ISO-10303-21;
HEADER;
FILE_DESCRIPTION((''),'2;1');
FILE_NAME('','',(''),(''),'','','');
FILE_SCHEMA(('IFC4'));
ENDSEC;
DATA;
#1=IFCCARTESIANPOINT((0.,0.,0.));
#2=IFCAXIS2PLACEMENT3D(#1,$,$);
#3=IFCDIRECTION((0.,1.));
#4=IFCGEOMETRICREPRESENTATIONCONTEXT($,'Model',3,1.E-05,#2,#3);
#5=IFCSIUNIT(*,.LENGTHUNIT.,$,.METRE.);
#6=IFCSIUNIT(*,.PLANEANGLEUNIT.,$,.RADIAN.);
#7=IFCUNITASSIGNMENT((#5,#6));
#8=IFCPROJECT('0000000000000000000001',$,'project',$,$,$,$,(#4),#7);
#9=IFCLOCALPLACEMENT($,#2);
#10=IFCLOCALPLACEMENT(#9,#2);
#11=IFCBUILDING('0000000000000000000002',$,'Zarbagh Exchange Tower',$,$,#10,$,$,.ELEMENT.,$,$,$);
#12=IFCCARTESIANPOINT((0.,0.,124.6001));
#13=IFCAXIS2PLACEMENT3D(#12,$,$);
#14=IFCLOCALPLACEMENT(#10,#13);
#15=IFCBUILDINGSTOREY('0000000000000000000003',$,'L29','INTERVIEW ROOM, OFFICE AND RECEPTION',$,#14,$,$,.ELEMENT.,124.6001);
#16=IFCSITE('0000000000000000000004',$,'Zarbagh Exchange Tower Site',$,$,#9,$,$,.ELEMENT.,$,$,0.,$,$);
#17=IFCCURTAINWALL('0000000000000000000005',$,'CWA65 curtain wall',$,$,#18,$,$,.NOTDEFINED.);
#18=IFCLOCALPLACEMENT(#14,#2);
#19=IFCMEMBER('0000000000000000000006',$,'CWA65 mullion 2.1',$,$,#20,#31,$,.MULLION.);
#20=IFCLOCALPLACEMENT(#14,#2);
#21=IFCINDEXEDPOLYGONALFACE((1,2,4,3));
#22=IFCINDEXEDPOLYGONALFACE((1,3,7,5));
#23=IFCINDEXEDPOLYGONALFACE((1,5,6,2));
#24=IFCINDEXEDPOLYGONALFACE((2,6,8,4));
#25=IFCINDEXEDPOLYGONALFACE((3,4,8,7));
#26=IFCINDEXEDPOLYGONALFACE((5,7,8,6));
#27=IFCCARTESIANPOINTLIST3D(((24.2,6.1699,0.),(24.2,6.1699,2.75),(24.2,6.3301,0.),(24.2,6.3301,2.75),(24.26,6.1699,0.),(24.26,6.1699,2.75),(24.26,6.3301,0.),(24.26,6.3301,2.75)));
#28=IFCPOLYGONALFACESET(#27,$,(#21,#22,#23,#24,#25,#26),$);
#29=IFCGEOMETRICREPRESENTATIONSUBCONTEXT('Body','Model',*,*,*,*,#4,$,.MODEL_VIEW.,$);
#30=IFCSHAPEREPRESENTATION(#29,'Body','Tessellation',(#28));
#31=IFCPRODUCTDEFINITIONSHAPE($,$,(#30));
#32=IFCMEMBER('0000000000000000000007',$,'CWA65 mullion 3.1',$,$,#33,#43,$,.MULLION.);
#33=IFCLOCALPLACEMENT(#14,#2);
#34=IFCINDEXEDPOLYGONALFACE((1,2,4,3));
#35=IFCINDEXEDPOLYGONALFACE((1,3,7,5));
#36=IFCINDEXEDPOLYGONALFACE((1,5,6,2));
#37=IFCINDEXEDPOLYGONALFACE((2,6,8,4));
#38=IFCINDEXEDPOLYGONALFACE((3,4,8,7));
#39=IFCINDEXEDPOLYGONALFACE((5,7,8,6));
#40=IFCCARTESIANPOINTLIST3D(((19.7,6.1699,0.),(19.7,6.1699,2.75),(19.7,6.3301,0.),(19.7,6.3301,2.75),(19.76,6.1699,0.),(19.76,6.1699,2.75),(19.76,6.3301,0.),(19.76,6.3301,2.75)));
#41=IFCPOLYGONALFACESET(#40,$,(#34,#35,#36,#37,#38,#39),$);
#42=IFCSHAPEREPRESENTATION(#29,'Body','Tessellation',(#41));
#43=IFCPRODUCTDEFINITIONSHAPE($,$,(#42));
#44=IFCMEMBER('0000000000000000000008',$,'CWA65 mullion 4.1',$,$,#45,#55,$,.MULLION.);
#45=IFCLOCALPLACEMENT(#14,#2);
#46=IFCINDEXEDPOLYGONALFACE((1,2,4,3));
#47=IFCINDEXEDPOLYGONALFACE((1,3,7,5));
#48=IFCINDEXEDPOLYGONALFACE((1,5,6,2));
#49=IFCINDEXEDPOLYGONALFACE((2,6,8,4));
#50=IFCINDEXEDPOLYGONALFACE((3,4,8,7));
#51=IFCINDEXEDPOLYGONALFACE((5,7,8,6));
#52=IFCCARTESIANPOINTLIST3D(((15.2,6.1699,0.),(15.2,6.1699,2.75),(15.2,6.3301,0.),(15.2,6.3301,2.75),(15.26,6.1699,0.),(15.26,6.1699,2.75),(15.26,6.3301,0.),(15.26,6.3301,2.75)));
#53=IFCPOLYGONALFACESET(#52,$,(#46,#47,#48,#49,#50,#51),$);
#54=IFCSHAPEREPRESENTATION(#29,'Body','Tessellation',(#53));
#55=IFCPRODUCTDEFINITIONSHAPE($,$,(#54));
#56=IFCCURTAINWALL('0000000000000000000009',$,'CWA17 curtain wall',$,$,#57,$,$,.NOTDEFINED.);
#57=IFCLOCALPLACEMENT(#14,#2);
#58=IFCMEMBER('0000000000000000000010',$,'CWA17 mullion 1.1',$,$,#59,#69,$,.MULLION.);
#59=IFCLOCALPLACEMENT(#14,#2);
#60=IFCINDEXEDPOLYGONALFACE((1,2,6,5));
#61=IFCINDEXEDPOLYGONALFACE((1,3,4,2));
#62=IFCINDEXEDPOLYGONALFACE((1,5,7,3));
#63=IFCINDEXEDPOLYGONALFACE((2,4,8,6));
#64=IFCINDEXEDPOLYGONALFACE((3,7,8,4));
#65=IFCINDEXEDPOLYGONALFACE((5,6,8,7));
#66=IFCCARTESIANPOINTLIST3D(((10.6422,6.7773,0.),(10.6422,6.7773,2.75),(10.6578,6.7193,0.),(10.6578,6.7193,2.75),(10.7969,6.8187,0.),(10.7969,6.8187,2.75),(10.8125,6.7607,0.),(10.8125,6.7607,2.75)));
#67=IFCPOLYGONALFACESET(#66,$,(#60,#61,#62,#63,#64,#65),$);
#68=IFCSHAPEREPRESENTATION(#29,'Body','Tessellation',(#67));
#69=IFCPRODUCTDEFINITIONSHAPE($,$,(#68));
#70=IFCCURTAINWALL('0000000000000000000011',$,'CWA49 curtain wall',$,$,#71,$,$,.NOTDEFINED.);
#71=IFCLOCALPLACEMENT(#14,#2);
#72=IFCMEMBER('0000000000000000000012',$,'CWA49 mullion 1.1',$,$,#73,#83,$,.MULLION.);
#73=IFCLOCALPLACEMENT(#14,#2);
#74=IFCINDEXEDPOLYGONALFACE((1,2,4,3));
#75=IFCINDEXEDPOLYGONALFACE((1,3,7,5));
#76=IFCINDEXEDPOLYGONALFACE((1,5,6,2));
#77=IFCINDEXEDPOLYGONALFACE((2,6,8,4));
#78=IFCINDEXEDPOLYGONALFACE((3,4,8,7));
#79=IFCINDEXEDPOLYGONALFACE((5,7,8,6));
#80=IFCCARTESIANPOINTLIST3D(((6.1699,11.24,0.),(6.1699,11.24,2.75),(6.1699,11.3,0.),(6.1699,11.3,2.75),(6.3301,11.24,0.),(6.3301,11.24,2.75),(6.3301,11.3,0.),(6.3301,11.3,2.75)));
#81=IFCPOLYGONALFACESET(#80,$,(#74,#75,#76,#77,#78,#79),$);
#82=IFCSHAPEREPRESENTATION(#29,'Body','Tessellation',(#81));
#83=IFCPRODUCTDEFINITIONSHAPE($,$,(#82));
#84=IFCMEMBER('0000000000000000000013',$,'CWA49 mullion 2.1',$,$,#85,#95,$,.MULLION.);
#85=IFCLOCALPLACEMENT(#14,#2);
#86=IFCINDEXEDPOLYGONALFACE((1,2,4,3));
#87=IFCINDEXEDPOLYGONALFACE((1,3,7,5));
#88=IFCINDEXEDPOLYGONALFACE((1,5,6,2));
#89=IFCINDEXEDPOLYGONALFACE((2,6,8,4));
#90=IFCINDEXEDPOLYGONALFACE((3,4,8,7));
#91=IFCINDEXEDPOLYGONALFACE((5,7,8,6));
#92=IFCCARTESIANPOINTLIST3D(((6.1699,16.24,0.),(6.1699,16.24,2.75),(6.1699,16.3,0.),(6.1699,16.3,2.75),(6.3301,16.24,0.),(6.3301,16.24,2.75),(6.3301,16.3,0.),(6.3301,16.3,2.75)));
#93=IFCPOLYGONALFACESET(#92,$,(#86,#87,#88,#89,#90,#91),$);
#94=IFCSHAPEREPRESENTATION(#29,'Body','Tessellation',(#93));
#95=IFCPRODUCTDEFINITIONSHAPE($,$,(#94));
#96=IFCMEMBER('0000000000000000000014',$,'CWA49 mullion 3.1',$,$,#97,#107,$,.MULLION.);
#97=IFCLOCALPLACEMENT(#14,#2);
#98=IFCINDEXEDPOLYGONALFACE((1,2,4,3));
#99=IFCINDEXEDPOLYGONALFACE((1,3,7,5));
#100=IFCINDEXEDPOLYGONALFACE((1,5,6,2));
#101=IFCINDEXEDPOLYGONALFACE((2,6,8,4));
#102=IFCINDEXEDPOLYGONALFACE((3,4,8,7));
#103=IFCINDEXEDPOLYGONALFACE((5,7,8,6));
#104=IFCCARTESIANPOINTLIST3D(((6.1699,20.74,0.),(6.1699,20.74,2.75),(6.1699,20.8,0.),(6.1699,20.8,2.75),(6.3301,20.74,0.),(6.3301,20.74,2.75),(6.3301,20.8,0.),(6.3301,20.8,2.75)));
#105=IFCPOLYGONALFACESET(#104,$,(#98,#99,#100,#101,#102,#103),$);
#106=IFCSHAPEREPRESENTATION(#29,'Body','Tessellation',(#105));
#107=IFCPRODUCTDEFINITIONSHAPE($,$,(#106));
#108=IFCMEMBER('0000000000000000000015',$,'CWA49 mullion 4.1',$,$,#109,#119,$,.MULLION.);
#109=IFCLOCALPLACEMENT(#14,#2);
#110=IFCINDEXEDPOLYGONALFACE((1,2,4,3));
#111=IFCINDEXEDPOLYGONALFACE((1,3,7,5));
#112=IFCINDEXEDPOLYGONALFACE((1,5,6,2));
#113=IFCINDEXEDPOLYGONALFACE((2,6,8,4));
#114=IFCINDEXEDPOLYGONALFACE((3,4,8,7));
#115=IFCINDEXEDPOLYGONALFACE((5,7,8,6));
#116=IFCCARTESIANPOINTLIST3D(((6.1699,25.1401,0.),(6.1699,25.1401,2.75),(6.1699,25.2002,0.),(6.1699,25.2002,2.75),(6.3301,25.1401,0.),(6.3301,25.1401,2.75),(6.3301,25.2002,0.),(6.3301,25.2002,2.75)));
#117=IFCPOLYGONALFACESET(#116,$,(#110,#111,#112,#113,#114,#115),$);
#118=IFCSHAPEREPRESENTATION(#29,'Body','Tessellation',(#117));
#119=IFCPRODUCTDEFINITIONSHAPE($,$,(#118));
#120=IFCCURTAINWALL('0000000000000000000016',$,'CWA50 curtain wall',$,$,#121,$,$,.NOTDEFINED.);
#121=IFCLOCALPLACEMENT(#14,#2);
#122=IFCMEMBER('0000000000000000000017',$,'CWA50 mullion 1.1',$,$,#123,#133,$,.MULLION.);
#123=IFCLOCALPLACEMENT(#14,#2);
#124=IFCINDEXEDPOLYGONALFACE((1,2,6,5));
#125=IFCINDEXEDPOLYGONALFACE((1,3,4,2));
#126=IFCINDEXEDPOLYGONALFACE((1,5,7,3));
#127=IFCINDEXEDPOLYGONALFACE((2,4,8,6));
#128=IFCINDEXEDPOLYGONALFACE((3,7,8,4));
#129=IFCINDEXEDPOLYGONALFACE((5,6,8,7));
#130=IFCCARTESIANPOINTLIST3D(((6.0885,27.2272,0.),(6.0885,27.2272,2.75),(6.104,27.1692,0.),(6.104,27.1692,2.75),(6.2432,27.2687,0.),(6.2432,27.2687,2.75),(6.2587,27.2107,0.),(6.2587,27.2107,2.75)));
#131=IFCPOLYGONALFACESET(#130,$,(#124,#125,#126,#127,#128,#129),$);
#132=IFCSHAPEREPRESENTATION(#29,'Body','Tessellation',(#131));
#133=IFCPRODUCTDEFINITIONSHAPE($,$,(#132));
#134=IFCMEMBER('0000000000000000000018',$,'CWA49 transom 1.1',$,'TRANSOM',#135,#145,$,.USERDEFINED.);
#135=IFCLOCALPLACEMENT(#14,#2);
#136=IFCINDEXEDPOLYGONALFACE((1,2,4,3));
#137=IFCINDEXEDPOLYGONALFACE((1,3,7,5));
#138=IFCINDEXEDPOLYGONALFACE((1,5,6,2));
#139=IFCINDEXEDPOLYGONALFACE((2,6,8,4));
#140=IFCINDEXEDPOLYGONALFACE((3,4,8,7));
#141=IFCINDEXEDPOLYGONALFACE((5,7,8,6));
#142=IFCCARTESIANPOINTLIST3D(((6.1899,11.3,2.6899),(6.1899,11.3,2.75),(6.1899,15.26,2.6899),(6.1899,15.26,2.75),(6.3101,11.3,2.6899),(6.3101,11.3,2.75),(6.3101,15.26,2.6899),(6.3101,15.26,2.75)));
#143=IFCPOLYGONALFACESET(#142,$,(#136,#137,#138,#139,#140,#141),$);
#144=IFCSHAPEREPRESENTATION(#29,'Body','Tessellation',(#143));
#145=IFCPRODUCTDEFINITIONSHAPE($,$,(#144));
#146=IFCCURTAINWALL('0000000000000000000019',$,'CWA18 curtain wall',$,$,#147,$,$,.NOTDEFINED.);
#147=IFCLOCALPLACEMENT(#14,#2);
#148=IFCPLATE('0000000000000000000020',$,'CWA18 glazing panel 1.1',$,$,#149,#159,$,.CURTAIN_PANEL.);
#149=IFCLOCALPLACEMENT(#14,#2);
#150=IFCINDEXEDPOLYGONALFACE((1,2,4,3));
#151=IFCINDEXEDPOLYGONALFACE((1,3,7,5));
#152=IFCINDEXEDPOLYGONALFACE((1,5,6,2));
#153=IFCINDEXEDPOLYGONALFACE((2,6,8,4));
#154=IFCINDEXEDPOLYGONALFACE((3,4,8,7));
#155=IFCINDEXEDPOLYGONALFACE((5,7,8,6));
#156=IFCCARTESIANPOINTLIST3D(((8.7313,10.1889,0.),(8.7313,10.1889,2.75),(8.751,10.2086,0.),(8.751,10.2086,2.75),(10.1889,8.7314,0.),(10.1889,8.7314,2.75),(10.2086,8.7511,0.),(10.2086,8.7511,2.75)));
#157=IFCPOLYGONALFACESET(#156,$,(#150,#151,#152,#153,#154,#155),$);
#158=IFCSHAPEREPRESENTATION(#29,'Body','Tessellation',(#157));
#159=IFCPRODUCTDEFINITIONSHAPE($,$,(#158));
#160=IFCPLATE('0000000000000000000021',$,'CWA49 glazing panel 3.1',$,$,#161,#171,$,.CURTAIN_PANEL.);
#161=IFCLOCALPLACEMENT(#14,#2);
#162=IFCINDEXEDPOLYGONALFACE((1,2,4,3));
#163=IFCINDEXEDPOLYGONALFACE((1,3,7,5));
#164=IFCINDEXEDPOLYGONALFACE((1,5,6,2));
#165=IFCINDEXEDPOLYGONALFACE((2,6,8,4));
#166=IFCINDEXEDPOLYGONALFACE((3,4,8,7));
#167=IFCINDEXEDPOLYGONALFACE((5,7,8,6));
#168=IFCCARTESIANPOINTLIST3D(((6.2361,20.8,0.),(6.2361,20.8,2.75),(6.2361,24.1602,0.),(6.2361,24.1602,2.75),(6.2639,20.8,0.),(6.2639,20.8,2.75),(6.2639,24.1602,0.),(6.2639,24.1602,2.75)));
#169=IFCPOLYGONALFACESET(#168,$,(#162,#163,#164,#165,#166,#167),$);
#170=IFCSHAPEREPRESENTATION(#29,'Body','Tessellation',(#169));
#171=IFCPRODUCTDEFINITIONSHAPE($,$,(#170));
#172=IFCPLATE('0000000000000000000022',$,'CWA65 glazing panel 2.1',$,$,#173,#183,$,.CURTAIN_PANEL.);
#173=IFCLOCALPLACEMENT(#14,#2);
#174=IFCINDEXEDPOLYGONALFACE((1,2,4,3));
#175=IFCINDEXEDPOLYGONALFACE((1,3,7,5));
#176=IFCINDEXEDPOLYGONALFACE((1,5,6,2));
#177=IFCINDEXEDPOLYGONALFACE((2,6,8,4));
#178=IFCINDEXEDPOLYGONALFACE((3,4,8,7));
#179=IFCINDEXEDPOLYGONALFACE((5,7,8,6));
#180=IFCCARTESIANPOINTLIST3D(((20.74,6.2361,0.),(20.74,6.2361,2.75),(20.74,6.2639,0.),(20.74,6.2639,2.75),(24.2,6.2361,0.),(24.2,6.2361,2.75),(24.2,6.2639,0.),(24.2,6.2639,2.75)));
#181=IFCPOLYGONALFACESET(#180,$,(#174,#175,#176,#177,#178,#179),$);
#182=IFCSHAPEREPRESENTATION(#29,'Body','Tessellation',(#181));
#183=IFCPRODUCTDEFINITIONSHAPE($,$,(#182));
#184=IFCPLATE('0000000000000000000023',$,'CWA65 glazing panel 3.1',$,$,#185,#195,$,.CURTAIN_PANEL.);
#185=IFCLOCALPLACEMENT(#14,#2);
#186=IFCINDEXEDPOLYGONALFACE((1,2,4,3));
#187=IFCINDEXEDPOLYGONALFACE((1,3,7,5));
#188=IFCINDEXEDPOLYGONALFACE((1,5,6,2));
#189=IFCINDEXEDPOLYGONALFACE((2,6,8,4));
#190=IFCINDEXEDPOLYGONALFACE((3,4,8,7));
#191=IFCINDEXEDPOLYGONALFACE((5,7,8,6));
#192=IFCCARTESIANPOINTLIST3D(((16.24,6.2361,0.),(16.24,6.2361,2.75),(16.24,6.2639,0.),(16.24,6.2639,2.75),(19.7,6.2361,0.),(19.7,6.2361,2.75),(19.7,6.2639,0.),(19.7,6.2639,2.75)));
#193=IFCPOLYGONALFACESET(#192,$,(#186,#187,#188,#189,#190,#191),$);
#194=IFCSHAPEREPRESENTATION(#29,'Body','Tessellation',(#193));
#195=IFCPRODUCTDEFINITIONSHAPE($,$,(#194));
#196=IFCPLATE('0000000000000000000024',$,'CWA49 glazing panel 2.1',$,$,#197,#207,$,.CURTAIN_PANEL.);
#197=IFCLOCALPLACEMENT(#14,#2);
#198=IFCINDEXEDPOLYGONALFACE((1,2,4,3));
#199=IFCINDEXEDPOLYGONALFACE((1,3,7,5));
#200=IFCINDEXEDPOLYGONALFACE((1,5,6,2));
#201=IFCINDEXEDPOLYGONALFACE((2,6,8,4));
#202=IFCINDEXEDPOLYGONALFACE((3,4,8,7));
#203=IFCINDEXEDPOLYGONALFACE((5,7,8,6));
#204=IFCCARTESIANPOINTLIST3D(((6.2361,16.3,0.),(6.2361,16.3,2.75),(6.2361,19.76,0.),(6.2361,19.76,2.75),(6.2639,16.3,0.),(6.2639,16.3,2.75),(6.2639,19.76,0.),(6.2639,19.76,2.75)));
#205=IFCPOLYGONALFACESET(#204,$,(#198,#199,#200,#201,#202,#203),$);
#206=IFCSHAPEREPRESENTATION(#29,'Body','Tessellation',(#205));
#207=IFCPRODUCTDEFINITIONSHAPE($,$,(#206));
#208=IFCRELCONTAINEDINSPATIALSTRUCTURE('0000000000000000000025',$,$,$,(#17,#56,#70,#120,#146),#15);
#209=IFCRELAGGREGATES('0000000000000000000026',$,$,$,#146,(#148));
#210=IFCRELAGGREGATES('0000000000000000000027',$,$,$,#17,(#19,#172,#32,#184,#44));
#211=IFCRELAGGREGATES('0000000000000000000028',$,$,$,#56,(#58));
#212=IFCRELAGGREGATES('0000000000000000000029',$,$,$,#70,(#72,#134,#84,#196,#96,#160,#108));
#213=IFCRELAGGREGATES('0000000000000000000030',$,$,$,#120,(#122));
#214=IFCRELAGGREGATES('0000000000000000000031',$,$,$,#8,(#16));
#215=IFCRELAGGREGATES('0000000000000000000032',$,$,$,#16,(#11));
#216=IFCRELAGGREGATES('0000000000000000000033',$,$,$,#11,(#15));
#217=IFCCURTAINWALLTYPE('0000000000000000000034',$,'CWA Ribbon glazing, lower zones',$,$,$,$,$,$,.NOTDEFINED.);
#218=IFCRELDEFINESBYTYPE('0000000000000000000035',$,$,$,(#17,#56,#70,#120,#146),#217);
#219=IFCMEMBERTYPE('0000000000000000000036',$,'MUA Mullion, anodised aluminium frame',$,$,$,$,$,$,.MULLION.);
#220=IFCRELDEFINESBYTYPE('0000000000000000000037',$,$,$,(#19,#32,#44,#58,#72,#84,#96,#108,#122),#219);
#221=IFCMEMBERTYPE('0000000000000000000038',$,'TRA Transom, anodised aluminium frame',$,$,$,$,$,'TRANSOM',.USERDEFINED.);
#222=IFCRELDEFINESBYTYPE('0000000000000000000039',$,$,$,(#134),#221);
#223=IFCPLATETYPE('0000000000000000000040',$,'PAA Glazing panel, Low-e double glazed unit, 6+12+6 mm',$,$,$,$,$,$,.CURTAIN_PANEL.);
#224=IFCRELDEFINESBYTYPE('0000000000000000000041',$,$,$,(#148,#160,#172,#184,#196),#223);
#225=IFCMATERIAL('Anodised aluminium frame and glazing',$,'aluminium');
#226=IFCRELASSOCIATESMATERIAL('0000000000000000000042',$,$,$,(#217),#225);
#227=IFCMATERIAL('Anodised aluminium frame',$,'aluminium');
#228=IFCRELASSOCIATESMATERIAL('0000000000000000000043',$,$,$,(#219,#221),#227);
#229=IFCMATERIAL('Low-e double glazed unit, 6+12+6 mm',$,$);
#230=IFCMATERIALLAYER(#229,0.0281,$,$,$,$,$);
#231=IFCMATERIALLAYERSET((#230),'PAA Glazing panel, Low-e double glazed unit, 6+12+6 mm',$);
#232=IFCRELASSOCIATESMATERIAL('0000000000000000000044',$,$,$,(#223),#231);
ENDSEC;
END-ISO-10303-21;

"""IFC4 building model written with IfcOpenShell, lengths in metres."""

from ifc_helpers import new_model, si_unit, direction, frame, origin, place, context, subcontext, project, spatial, polyline, outline, extrude, source, transform, mapped, material, layer, layer_set, type_object, element, aggregate, save


model = new_model("IFC4")

# Units and contexts
model_context = context("Model", 3, precision=1e-05, world=origin(), true_north=direction((0.0, 1.0)))
body_context = subcontext(model_context, "Body", "Model", "MODEL_VIEW")
ifc_project = project(units=[si_unit("LENGTHUNIT", "METRE"), si_unit("PLANEANGLEUNIT", "RADIAN")], contexts=[model_context])

# Site, building, storey
site_placement = place(None, origin())
site = spatial("IfcSite", under=ifc_project, at=site_placement, Name="Zarbagh Exchange Tower Site", CompositionType="ELEMENT", RefElevation=0.0)
building_placement = place(site_placement, origin())
building = spatial("IfcBuilding", under=site, at=building_placement, Name="Zarbagh Exchange Tower", CompositionType="ELEMENT")
storey_placement = place(building_placement, frame((0.0, 0.0, 124.6001)))
storey = spatial("IfcBuildingStorey", under=building, at=storey_placement, Name="L29", Description="INTERVIEW ROOM, OFFICE AND RECEPTION", CompositionType="ELEMENT", Elevation=124.6001)

# Curtain wall, members
ifc_material_1 = material(Name="Anodised aluminium frame and glazing", Category="aluminium")
curtain_wall_type = type_object("IfcCurtainWallType", Name="CWA Ribbon glazing, lower zones", PredefinedType="NOTDEFINED", material=ifc_material_1)
curtain_wall_1_placement = place(storey_placement, origin())
curtain_wall_1 = element("IfcCurtainWall", 1, at=curtain_wall_1_placement, inside=storey, type_object=curtain_wall_type, Name="CWA65 curtain wall", PredefinedType="NOTDEFINED")
ifc_material_2 = material(Name="Anodised aluminium frame", Category="aluminium")
member_type_1 = type_object("IfcMemberType", Name="MUA Mullion, anodised aluminium frame", PredefinedType="MULLION", material=ifc_material_2)
shared_shape_1 = source(origin(), body_context, "Body", "SweptSolid", [
    extrude(outline(polyline([(0.0, -0.0801), (0.0601, -0.0801), (0.0601, 0.0801), (0.0, 0.0801), (0.0, -0.0801)])), origin(), (0.0, 0.0, 1.0), 2.75),
])
placement = place(storey_placement, origin())
member_1 = element("IfcMember", 2, at=placement, type_object=member_type_1, Name="CWA65 mullion 2.1", PredefinedType="MULLION", context=body_context, shape_type="MappedRepresentation", body=[
    mapped(shared_shape_1, transform((24.26, 6.25, 0.0), x_axis=(-1.0, 0.0, 0.0), y_axis=(0.0, -1.0, 0.0), z_axis=(0.0, 0.0, 1.0))),
])
member_2 = element("IfcMember", 3, at=placement, type_object=member_type_1, Name="CWA65 mullion 3.1", PredefinedType="MULLION", context=body_context, shape_type="MappedRepresentation", body=[
    mapped(shared_shape_1, transform((19.76, 6.25, 0.0), x_axis=(-1.0, 0.0, 0.0), y_axis=(0.0, -1.0, 0.0), z_axis=(0.0, 0.0, 1.0))),
])
member_3 = element("IfcMember", 4, at=placement, type_object=member_type_1, Name="CWA65 mullion 4.1", PredefinedType="MULLION", context=body_context, shape_type="MappedRepresentation", body=[
    mapped(shared_shape_1, transform((15.26, 6.25, 0.0), x_axis=(-1.0, 0.0, 0.0), y_axis=(0.0, -1.0, 0.0), z_axis=(0.0, 0.0, 1.0))),
])

# Curtain wall, member
curtain_wall_2_placement = place(storey_placement, origin())
curtain_wall_2 = element("IfcCurtainWall", 5, at=curtain_wall_2_placement, inside=storey, type_object=curtain_wall_type, Name="CWA17 curtain wall", PredefinedType="NOTDEFINED")
member_4 = element("IfcMember", 6, at=placement, type_object=member_type_1, Name="CWA17 mullion 1.1", PredefinedType="MULLION", context=body_context, shape_type="MappedRepresentation", body=[
    mapped(shared_shape_1, transform((10.7351, 6.74, 0.0), x_axis=(-0.258825, 0.965924, 0.0), y_axis=(-0.965924, -0.258825, 0.0), z_axis=(0.0, 0.0, 1.0))),
])

# Curtain wall, members
curtain_wall_3_placement = place(storey_placement, origin())
curtain_wall_3 = element("IfcCurtainWall", 7, at=curtain_wall_3_placement, inside=storey, type_object=curtain_wall_type, Name="CWA49 curtain wall", PredefinedType="NOTDEFINED")
member_5 = element("IfcMember", 8, at=placement, type_object=member_type_1, Name="CWA49 mullion 1.1", PredefinedType="MULLION", context=body_context, shape_type="MappedRepresentation", body=[
    mapped(shared_shape_1, transform((6.25, 11.24, 0.0), x_axis=(0.0, 1.0, 0.0), y_axis=(-1.0, 0.0, 0.0), z_axis=(0.0, 0.0, 1.0))),
])
member_6 = element("IfcMember", 9, at=placement, type_object=member_type_1, Name="CWA49 mullion 2.1", PredefinedType="MULLION", context=body_context, shape_type="MappedRepresentation", body=[
    mapped(shared_shape_1, transform((6.25, 16.24, 0.0), x_axis=(0.0, 1.0, 0.0), y_axis=(-1.0, 0.0, 0.0), z_axis=(0.0, 0.0, 1.0))),
])
member_7 = element("IfcMember", 10, at=placement, type_object=member_type_1, Name="CWA49 mullion 3.1", PredefinedType="MULLION", context=body_context, shape_type="MappedRepresentation", body=[
    mapped(shared_shape_1, transform((6.25, 20.74, 0.0), x_axis=(0.0, 1.0, 0.0), y_axis=(-1.0, 0.0, 0.0), z_axis=(0.0, 0.0, 1.0))),
])
member_8 = element("IfcMember", 11, at=placement, type_object=member_type_1, Name="CWA49 mullion 4.1", PredefinedType="MULLION", context=body_context, shape_type="MappedRepresentation", body=[
    mapped(shared_shape_1, transform((6.25, 25.1401, 0.0), x_axis=(0.0, 1.0, 0.0), y_axis=(-1.0, 0.0, 0.0), z_axis=(0.0, 0.0, 1.0))),
])

# Curtain wall, member
curtain_wall_4_placement = place(storey_placement, origin())
curtain_wall_4 = element("IfcCurtainWall", 12, at=curtain_wall_4_placement, inside=storey, type_object=curtain_wall_type, Name="CWA50 curtain wall", PredefinedType="NOTDEFINED")
member_9 = element("IfcMember", 13, at=placement, type_object=member_type_1, Name="CWA50 mullion 1.1", PredefinedType="MULLION", context=body_context, shape_type="MappedRepresentation", body=[
    mapped(shared_shape_1, transform((6.1814, 27.1899, 0.0), x_axis=(-0.258825, 0.965924, 0.0), y_axis=(-0.965924, -0.258825, 0.0), z_axis=(0.0, 0.0, 1.0))),
])

# Member
member_type_2 = type_object("IfcMemberType", Name="TRA Transom, anodised aluminium frame", ElementType="TRANSOM", PredefinedType="USERDEFINED", material=ifc_material_2)
shared_shape_2 = source(origin(), body_context, "Body", "SweptSolid", [
    extrude(outline(polyline([(-0.0601, -0.0601), (0.0, -0.0601), (0.0, 0.0601), (-0.0601, 0.0601), (-0.0601, -0.0601)])), origin(), (0.0, 0.0, 1.0), 3.96),
])
member_10 = element("IfcMember", 14, at=placement, type_object=member_type_2, Name="CWA49 transom 1.1", ObjectType="TRANSOM", PredefinedType="USERDEFINED", context=body_context, shape_type="MappedRepresentation", body=[
    mapped(shared_shape_2, transform((6.25, 11.3, 2.75), x_axis=(0.0, 0.0, 1.0), y_axis=(1.0, 0.0, 0.0), z_axis=(0.0, 1.0, 0.0))),
])

# Curtain wall, plate
curtain_wall_5_placement = place(storey_placement, origin())
curtain_wall_5 = element("IfcCurtainWall", 15, at=curtain_wall_5_placement, inside=storey, type_object=curtain_wall_type, Name="CWA18 curtain wall", PredefinedType="NOTDEFINED")
ifc_material_3 = material(Name="Low-e double glazed unit, 6+12+6 mm")
ifc_layer_1 = layer(ifc_material_3, 0.0281)
ifc_layer_set_1 = layer_set([ifc_layer_1], Name="PAA Glazing panel, Low-e double glazed unit, 6+12+6 mm")
plate_type = type_object("IfcPlateType", Name="PAA Glazing panel, Low-e double glazed unit, 6+12+6 mm", PredefinedType="CURTAIN_PANEL", material=ifc_layer_set_1)
shared_shape_3 = source(origin(), body_context, "Body", "SweptSolid", [
    extrude(outline(polyline([(0.0, -0.0139), (2.0613, -0.0139), (2.0613, 0.0139), (0.0, 0.0139), (0.0, -0.0139)])), origin(), (0.0, 0.0, 1.0), 2.75),
])
plate_1 = element("IfcPlate", 16, at=placement, type_object=plate_type, Name="CWA18 glazing panel 1.1", PredefinedType="CURTAIN_PANEL", context=body_context, shape_type="MappedRepresentation", body=[
    mapped(shared_shape_3, transform((10.1987, 8.7412, 0.0), x_axis=(-0.707107, 0.707107, 0.0), y_axis=(-0.707107, -0.707107, 0.0), z_axis=(0.0, 0.0, 1.0))),
])
aggregate(curtain_wall_5, [plate_1])

# Plates
shared_shape_4 = source(origin(), body_context, "Body", "SweptSolid", [
    extrude(outline(polyline([(0.0, -0.0139), (3.3601, -0.0139), (3.3601, 0.0139), (0.0, 0.0139), (0.0, -0.0139)])), origin(), (0.0, 0.0, 1.0), 2.75),
])
plate_2 = element("IfcPlate", 17, at=placement, type_object=plate_type, Name="CWA49 glazing panel 3.1", PredefinedType="CURTAIN_PANEL", context=body_context, shape_type="MappedRepresentation", body=[
    mapped(shared_shape_4, transform((6.25, 20.8, 0.0), x_axis=(0.0, 1.0, 0.0), y_axis=(-1.0, 0.0, 0.0), z_axis=(0.0, 0.0, 1.0))),
])
shared_shape_5 = source(origin(), body_context, "Body", "SweptSolid", [
    extrude(outline(polyline([(0.0, -0.0139), (3.46, -0.0139), (3.46, 0.0139), (0.0, 0.0139), (0.0, -0.0139)])), origin(), (0.0, 0.0, 1.0), 2.75),
])
plate_3 = element("IfcPlate", 18, at=placement, type_object=plate_type, Name="CWA65 glazing panel 2.1", PredefinedType="CURTAIN_PANEL", context=body_context, shape_type="MappedRepresentation", body=[
    mapped(shared_shape_5, transform((24.2, 6.25, 0.0), x_axis=(-1.0, 0.0, 0.0), y_axis=(0.0, -1.0, 0.0), z_axis=(0.0, 0.0, 1.0))),
])
plate_4 = element("IfcPlate", 19, at=placement, type_object=plate_type, Name="CWA65 glazing panel 3.1", PredefinedType="CURTAIN_PANEL", context=body_context, shape_type="MappedRepresentation", body=[
    mapped(shared_shape_5, transform((19.7, 6.25, 0.0), x_axis=(-1.0, 0.0, 0.0), y_axis=(0.0, -1.0, 0.0), z_axis=(0.0, 0.0, 1.0))),
])
plate_5 = element("IfcPlate", 20, at=placement, type_object=plate_type, Name="CWA49 glazing panel 2.1", PredefinedType="CURTAIN_PANEL", context=body_context, shape_type="MappedRepresentation", body=[
    mapped(shared_shape_5, transform((6.25, 16.3, 0.0), x_axis=(0.0, 1.0, 0.0), y_axis=(-1.0, 0.0, 0.0), z_axis=(0.0, 0.0, 1.0))),
])
aggregate(curtain_wall_1, [member_1, plate_3, member_2, plate_4, member_3])
aggregate(curtain_wall_2, [member_4])

aggregate(curtain_wall_3, [member_5, member_10, member_6, plate_5, member_7, plate_2, member_8])
aggregate(curtain_wall_4, [member_9])

save(model, "model.ifc")
